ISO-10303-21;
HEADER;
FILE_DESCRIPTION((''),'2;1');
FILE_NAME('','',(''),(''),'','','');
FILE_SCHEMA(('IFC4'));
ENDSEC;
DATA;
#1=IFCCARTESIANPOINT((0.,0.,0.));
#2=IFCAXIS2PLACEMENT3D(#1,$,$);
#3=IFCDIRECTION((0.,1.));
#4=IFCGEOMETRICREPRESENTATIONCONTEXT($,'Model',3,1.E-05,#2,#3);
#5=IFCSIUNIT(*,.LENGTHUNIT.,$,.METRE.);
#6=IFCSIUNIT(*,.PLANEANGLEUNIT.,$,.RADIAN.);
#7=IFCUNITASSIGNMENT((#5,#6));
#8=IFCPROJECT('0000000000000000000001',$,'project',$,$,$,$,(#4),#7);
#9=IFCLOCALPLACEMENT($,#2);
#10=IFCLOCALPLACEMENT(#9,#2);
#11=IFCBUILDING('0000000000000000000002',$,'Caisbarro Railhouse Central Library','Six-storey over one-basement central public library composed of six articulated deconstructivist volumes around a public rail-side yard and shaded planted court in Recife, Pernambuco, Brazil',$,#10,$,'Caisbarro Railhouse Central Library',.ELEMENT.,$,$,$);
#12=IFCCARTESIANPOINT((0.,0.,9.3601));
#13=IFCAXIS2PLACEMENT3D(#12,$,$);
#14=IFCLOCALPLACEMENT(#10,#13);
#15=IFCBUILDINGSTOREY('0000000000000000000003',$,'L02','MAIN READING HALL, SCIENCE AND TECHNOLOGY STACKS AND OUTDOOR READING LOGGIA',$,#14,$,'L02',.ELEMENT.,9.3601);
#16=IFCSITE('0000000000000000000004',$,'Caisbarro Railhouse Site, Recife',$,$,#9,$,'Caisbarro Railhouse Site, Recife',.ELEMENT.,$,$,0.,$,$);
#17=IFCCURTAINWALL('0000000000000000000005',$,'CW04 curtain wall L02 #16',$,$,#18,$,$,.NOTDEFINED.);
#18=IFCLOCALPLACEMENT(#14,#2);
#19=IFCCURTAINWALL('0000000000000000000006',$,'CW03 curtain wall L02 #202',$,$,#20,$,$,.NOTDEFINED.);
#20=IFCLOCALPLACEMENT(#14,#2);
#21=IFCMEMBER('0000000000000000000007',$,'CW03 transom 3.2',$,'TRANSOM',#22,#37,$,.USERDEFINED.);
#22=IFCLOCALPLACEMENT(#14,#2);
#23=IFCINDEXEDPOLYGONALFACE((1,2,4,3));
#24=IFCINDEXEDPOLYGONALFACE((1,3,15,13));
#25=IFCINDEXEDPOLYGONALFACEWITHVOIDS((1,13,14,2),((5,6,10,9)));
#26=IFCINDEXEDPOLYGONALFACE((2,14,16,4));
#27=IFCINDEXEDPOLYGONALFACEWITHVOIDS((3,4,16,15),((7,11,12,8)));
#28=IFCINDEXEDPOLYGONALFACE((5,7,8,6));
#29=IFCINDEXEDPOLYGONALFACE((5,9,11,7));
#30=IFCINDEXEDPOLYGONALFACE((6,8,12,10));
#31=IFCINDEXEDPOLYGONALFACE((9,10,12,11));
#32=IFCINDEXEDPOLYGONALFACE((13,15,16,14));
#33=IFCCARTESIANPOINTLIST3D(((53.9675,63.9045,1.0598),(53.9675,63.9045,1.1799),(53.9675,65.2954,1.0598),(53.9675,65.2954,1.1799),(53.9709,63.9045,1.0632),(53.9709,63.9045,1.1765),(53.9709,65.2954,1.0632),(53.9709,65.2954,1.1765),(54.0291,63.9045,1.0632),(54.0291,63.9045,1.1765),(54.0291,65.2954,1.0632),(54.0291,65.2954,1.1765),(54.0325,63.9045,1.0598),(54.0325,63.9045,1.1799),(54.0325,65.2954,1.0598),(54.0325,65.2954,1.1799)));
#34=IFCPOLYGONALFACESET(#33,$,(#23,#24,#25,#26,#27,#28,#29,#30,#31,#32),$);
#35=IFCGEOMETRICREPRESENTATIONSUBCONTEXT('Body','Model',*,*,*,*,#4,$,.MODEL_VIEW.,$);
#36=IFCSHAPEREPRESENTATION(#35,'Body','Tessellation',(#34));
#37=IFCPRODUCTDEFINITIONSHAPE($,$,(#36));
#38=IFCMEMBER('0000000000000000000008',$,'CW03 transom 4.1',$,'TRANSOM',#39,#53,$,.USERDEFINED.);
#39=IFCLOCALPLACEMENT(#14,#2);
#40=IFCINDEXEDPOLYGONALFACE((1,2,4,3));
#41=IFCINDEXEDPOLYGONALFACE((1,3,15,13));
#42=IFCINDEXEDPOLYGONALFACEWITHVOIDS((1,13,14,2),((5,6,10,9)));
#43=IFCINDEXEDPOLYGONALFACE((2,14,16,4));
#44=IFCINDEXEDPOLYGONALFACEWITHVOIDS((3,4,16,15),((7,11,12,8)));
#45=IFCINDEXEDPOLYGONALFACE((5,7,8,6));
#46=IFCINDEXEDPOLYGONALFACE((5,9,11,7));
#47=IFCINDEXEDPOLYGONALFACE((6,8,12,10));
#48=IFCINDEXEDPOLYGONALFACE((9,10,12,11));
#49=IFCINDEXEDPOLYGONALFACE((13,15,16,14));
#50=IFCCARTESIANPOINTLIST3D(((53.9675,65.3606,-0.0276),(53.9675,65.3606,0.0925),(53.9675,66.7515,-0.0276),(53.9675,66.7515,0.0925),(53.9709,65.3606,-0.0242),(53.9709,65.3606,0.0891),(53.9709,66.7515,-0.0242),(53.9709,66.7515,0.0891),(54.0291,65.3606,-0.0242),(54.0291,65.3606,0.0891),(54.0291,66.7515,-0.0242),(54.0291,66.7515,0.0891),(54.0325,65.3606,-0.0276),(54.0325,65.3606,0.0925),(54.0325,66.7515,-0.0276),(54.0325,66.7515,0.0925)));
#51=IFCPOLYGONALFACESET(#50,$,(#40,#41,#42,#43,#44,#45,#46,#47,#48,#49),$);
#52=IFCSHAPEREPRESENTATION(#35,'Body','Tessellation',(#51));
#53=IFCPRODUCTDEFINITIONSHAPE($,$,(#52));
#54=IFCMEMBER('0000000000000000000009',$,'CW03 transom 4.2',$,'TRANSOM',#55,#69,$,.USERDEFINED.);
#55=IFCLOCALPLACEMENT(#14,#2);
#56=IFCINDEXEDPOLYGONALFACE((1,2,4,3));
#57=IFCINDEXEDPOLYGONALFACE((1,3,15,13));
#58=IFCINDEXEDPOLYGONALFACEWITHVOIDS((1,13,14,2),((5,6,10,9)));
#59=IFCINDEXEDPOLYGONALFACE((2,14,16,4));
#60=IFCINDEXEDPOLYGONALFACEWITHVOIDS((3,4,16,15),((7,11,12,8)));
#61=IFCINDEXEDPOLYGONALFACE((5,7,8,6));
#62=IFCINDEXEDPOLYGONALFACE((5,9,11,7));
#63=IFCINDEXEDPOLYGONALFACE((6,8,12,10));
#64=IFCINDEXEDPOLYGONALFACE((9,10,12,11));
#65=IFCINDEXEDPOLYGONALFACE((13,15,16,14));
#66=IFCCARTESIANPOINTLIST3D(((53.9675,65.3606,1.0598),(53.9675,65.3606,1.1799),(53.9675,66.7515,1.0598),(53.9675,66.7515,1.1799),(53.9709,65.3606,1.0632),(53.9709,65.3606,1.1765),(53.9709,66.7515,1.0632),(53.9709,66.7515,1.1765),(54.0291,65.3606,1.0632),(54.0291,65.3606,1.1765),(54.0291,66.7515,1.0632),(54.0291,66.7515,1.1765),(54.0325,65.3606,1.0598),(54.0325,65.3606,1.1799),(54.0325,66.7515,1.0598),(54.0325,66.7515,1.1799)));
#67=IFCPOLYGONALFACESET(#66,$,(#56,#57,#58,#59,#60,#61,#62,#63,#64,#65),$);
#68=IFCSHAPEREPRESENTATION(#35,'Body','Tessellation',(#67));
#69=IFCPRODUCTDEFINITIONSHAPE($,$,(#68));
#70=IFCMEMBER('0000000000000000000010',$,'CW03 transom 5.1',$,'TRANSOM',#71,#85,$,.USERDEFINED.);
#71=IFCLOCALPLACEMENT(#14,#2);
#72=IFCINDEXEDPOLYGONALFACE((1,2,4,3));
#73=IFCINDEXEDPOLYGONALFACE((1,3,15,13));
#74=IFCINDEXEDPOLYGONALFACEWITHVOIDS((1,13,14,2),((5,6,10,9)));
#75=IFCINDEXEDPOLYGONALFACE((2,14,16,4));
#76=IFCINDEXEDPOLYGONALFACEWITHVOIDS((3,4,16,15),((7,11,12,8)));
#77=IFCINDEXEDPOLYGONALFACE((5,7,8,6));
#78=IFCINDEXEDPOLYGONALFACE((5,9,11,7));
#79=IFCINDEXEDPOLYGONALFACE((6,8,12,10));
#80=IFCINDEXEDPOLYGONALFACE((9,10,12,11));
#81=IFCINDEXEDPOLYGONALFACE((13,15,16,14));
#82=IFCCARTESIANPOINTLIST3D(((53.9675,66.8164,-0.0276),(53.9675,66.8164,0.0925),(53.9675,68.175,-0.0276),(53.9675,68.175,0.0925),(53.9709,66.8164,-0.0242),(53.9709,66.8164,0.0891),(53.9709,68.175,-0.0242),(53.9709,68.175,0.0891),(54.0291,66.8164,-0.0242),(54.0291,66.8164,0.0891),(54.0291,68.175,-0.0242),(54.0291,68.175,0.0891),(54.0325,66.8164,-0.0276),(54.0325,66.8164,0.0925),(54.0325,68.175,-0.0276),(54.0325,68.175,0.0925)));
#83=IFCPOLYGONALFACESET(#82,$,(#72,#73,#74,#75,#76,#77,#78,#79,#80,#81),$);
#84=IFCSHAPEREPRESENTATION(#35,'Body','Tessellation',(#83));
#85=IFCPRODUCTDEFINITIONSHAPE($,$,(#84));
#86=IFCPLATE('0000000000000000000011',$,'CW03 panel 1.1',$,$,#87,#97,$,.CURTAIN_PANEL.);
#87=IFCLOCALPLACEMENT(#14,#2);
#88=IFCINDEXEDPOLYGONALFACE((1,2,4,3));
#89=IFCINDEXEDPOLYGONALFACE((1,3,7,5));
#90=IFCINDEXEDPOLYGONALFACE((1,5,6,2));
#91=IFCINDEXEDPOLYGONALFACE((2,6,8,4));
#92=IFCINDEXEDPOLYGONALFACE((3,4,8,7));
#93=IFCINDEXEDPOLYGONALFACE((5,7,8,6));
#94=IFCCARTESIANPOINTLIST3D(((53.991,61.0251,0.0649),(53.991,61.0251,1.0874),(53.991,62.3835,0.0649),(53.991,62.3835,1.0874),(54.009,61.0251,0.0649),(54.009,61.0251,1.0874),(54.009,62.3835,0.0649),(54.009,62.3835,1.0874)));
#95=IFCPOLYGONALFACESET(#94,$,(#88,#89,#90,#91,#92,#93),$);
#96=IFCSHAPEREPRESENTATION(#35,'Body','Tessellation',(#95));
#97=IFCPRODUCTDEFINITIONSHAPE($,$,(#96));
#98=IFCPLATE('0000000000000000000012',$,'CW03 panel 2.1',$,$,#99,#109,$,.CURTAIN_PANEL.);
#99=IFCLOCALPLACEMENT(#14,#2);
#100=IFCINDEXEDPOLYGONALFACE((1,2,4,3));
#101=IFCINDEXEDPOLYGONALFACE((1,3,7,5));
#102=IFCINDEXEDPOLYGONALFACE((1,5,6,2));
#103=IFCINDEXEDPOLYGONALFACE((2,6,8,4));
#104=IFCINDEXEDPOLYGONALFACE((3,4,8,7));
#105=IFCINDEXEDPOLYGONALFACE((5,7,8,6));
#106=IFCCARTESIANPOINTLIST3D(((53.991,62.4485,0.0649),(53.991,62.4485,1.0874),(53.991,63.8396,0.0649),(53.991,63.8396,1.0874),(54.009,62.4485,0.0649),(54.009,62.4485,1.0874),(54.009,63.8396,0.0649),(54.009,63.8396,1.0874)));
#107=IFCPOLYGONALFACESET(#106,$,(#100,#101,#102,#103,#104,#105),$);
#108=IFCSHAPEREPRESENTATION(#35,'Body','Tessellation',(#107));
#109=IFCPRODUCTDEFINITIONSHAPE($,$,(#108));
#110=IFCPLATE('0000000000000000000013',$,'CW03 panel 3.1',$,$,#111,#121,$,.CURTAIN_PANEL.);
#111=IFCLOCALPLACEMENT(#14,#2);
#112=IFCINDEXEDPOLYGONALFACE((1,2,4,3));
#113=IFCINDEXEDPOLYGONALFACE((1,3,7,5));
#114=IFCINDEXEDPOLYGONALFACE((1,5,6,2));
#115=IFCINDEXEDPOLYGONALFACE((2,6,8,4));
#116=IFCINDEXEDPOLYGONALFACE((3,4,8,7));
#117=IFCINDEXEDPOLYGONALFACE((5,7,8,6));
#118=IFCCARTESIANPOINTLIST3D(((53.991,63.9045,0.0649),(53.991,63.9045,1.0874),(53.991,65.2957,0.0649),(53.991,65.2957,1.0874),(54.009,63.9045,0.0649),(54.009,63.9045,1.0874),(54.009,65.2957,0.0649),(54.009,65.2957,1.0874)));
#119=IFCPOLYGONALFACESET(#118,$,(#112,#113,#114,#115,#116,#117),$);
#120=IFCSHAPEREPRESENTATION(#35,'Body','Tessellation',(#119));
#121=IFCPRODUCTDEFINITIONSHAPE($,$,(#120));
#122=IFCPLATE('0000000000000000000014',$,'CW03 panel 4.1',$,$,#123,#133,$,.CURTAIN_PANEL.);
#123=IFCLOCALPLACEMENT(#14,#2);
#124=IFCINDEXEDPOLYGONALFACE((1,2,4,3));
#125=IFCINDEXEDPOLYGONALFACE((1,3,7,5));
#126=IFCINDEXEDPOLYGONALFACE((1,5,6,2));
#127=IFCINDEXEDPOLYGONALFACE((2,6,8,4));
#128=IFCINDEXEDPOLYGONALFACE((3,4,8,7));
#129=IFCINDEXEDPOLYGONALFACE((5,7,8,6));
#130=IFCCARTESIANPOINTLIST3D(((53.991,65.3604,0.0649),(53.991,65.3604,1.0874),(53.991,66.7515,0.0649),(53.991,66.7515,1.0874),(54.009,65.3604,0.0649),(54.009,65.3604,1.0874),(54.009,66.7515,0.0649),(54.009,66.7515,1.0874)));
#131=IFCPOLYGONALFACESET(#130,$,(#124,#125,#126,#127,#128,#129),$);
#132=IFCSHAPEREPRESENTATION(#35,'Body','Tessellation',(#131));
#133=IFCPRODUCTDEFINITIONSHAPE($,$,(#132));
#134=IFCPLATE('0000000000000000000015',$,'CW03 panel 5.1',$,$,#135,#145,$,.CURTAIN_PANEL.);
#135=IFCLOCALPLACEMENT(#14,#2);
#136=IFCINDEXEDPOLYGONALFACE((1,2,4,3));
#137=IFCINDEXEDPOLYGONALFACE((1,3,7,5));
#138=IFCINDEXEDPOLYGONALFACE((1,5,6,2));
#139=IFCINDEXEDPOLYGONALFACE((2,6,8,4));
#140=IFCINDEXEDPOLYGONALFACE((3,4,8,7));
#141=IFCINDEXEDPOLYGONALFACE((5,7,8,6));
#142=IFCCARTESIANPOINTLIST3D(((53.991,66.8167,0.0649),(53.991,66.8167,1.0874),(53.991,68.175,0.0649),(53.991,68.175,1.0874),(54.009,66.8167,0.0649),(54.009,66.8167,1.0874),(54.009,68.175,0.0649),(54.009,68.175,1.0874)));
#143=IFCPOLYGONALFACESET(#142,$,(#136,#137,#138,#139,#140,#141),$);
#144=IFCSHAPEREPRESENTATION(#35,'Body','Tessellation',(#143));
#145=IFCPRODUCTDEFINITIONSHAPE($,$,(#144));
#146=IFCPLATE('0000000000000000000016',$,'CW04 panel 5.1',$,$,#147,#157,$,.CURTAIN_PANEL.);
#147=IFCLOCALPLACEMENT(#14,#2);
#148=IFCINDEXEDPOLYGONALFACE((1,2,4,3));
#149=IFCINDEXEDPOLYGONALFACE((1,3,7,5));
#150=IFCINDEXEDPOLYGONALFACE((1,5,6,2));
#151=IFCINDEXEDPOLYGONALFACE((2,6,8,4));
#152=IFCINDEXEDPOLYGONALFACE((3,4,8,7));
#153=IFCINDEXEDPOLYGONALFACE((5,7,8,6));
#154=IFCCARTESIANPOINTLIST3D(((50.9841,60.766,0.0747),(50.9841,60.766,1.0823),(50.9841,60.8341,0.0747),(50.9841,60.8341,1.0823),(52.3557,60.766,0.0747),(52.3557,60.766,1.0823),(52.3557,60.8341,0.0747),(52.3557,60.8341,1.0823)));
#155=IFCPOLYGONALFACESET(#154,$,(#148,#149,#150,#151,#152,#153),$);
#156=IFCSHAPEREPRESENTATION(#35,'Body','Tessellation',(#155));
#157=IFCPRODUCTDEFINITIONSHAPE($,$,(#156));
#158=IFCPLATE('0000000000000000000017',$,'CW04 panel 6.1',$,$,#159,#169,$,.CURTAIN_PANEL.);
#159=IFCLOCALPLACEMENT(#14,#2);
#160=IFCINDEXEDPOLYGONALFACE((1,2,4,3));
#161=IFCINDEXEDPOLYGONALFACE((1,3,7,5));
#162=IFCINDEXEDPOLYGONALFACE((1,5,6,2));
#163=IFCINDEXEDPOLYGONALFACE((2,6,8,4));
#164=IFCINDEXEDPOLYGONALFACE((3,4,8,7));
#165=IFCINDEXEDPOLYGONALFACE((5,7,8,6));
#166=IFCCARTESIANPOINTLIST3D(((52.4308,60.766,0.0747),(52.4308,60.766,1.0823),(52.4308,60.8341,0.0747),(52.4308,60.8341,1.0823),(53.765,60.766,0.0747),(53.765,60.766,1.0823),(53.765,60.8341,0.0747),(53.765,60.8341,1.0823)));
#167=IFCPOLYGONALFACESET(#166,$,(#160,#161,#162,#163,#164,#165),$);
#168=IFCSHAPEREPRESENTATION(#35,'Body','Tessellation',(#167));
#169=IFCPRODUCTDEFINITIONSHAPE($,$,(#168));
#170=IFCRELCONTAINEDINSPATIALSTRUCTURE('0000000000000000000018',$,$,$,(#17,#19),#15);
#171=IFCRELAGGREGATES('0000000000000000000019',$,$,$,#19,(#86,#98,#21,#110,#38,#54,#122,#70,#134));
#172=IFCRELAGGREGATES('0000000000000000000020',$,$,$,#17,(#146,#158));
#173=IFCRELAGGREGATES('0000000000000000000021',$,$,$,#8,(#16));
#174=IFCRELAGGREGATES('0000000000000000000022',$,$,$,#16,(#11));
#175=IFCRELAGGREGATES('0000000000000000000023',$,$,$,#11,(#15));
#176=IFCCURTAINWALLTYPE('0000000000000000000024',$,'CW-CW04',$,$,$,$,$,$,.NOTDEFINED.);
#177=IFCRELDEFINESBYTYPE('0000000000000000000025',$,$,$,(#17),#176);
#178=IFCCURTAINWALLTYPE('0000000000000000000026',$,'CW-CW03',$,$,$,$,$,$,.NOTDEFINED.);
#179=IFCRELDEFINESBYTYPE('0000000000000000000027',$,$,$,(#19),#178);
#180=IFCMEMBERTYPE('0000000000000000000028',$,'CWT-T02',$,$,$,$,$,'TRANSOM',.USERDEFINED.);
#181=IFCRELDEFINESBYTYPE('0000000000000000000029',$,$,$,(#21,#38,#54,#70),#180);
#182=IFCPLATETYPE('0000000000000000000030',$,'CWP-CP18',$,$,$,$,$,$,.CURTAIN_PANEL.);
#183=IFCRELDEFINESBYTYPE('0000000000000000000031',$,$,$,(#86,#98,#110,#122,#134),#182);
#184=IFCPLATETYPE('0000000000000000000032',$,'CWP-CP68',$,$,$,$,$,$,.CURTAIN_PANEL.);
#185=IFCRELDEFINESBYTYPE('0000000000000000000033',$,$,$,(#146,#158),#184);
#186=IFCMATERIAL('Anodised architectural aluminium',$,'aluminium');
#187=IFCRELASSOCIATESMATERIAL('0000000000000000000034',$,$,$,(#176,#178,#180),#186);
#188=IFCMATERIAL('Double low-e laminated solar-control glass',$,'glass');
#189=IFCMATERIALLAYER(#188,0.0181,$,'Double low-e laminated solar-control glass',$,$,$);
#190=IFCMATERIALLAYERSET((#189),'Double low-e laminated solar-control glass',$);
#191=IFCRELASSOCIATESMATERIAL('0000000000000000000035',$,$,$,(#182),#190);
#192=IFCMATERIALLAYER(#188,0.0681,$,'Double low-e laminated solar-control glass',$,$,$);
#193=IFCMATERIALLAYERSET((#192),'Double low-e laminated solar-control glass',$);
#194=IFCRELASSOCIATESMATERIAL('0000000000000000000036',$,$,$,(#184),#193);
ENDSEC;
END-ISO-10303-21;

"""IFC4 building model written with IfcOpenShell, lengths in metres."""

from ifc_helpers import new_model, si_unit, direction, frame, origin, origin_2d, place, context, subcontext, project, spatial, rectangle, hollow_rectangle, extrude, material, layer, layer_set, material_profile, profile_set, type_object, element, aggregate, save


model = new_model("IFC4")

# Units and contexts
model_context = context("Model", 3, precision=1e-05, world=origin(), true_north=direction((0.0, 1.0)))
body_context = subcontext(model_context, "Body", "Model", "MODEL_VIEW")
ifc_project = project(units=[si_unit("LENGTHUNIT", "METRE"), si_unit("PLANEANGLEUNIT", "RADIAN")], contexts=[model_context])

# Site, building, storey
site_placement = place(None, origin())
site = spatial("IfcSite", under=ifc_project, at=site_placement, Name="Caisbarro Railhouse Site, Recife", LongName="Caisbarro Railhouse Site, Recife", CompositionType="ELEMENT", RefElevation=0.0)
building_placement = place(site_placement, origin())
building = spatial("IfcBuilding", under=site, at=building_placement, Name="Caisbarro Railhouse Central Library", Description="Six-storey over one-basement central public library composed of six articulated deconstructivist volumes around a public rail-side yard and shaded planted court in Recife, Pernambuco, Brazil", LongName="Caisbarro Railhouse Central Library", CompositionType="ELEMENT")
storey_placement = place(building_placement, frame((0.0, 0.0, 9.3601)))
storey = spatial("IfcBuildingStorey", under=building, at=storey_placement, Name="L02", Description="MAIN READING HALL, SCIENCE AND TECHNOLOGY STACKS AND OUTDOOR READING LOGGIA", LongName="L02", CompositionType="ELEMENT", Elevation=9.3601)

# Curtain walls
ifc_material_1 = material(Name="Anodised architectural aluminium", Category="aluminium")
curtain_wall_type_1 = type_object("IfcCurtainWallType", Name="CW-CW04", PredefinedType="NOTDEFINED", material=ifc_material_1)
curtain_wall_1_placement = place(storey_placement, origin())
curtain_wall_1 = element("IfcCurtainWall", 1, at=curtain_wall_1_placement, inside=storey, type_object=curtain_wall_type_1, Name="CW04 curtain wall L02 #16", PredefinedType="NOTDEFINED")
curtain_wall_type_2 = type_object("IfcCurtainWallType", Name="CW-CW03", PredefinedType="NOTDEFINED", material=ifc_material_1)
curtain_wall_2_placement = place(storey_placement, origin())
curtain_wall_2 = element("IfcCurtainWall", 2, at=curtain_wall_2_placement, inside=storey, type_object=curtain_wall_type_2, Name="CW03 curtain wall L02 #202", PredefinedType="NOTDEFINED")

# Members
ifc_material_profile_1 = material_profile(ifc_material_1, hollow_rectangle(XDim=0.0649, YDim=0.1201, WallThickness=0.0034, at=origin_2d()), Name="ALU-TRN-65X120")
ifc_profile_set_1 = profile_set([ifc_material_profile_1], Name="Anodised architectural aluminium")
member_type_1 = type_object("IfcMemberType", Name="CWT-T02", ElementType="TRANSOM", PredefinedType="USERDEFINED", material=ifc_profile_set_1)
member_1_placement = place(storey_placement, frame((54.0, 63.9045, 1.1199), z_axis=(0.0, 1.0, 0.0), x_axis=(-1.0, 0.0, 0.0)))
member_1 = element("IfcMember", 3, at=member_1_placement, type_object=member_type_1, Name="CW03 transom 3.2", ObjectType="TRANSOM", PredefinedType="USERDEFINED", context=body_context, shape_type="SweptSolid", body=[
    extrude(hollow_rectangle(XDim=0.0649, YDim=0.1201, WallThickness=0.0034, at=origin_2d()), origin(), (0.0, 0.0, 1.0), 1.3909),
])
member_2_placement = place(storey_placement, frame((54.0, 65.3606, 0.0325), z_axis=(0.0, 1.0, 0.0), x_axis=(-1.0, 0.0, 0.0)))
member_2 = element("IfcMember", 4, at=member_2_placement, type_object=member_type_1, Name="CW03 transom 4.1", ObjectType="TRANSOM", PredefinedType="USERDEFINED", context=body_context, shape_type="SweptSolid", body=[
    extrude(hollow_rectangle(XDim=0.0649, YDim=0.1201, WallThickness=0.0034, at=origin_2d()), origin(), (0.0, 0.0, 1.0), 1.3909),
])
member_3_placement = place(storey_placement, frame((54.0, 65.3606, 1.1199), z_axis=(0.0, 1.0, 0.0), x_axis=(-1.0, 0.0, 0.0)))
member_3 = element("IfcMember", 5, at=member_3_placement, type_object=member_type_1, Name="CW03 transom 4.2", ObjectType="TRANSOM", PredefinedType="USERDEFINED", context=body_context, shape_type="SweptSolid", body=[
    extrude(hollow_rectangle(XDim=0.0649, YDim=0.1201, WallThickness=0.0034, at=origin_2d()), origin(), (0.0, 0.0, 1.0), 1.3909),
])
member_4_placement = place(storey_placement, frame((54.0, 66.8164, 0.0325), z_axis=(0.0, 1.0, 0.0), x_axis=(-1.0, 0.0, 0.0)))
member_4 = element("IfcMember", 6, at=member_4_placement, type_object=member_type_1, Name="CW03 transom 5.1", ObjectType="TRANSOM", PredefinedType="USERDEFINED", context=body_context, shape_type="SweptSolid", body=[
    extrude(hollow_rectangle(XDim=0.0649, YDim=0.1201, WallThickness=0.0034, at=origin_2d()), origin(), (0.0, 0.0, 1.0), 1.3586),
])

# Plates
ifc_material_2 = material(Name="Double low-e laminated solar-control glass", Category="glass")
ifc_layer_1 = layer(ifc_material_2, 0.0181, Name="Double low-e laminated solar-control glass")
ifc_layer_set_1 = layer_set([ifc_layer_1], Name="Double low-e laminated solar-control glass")
plate_type_1 = type_object("IfcPlateType", Name="CWP-CP18", PredefinedType="CURTAIN_PANEL", material=ifc_layer_set_1)
plate_1_placement = place(storey_placement, frame((54.0, 61.7043, 0.0649), z_axis=(0.0, 0.0, 1.0), x_axis=(0.0, 1.0, 0.0)))
plate_1 = element("IfcPlate", 7, at=plate_1_placement, type_object=plate_type_1, Name="CW03 panel 1.1", PredefinedType="CURTAIN_PANEL", context=body_context, shape_type="SweptSolid", body=[
    extrude(rectangle(XDim=1.3584, YDim=0.0181, at=origin_2d()), origin(), (0.0, 0.0, 1.0), 1.0225),
])
plate_2_placement = place(storey_placement, frame((54.0, 63.144, 0.0649), z_axis=(0.0, 0.0, 1.0), x_axis=(0.0, 1.0, 0.0)))
plate_2 = element("IfcPlate", 8, at=plate_2_placement, type_object=plate_type_1, Name="CW03 panel 2.1", PredefinedType="CURTAIN_PANEL", context=body_context, shape_type="SweptSolid", body=[
    extrude(rectangle(XDim=1.3911, YDim=0.0181, at=origin_2d()), origin(), (0.0, 0.0, 1.0), 1.0225),
])
plate_3_placement = place(storey_placement, frame((54.0, 64.6001, 0.0649), z_axis=(0.0, 0.0, 1.0), x_axis=(0.0, 1.0, 0.0)))
plate_3 = element("IfcPlate", 9, at=plate_3_placement, type_object=plate_type_1, Name="CW03 panel 3.1", PredefinedType="CURTAIN_PANEL", context=body_context, shape_type="SweptSolid", body=[
    extrude(rectangle(XDim=1.3911, YDim=0.0181, at=origin_2d()), origin(), (0.0, 0.0, 1.0), 1.0225),
])
plate_4_placement = place(storey_placement, frame((54.0, 66.0559, 0.0649), z_axis=(0.0, 0.0, 1.0), x_axis=(0.0, 1.0, 0.0)))
plate_4 = element("IfcPlate", 10, at=plate_4_placement, type_object=plate_type_1, Name="CW03 panel 4.1", PredefinedType="CURTAIN_PANEL", context=body_context, shape_type="SweptSolid", body=[
    extrude(rectangle(XDim=1.3911, YDim=0.0181, at=origin_2d()), origin(), (0.0, 0.0, 1.0), 1.0225),
])
plate_5_placement = place(storey_placement, frame((54.0, 67.4958, 0.0649), z_axis=(0.0, 0.0, 1.0), x_axis=(0.0, 1.0, 0.0)))
plate_5 = element("IfcPlate", 11, at=plate_5_placement, type_object=plate_type_1, Name="CW03 panel 5.1", PredefinedType="CURTAIN_PANEL", context=body_context, shape_type="SweptSolid", body=[
    extrude(rectangle(XDim=1.3584, YDim=0.0181, at=origin_2d()), origin(), (0.0, 0.0, 1.0), 1.0225),
])
aggregate(curtain_wall_2, [plate_1, plate_2, member_1, plate_3, member_2, member_3, plate_4, member_4, plate_5])
ifc_layer_2 = layer(ifc_material_2, 0.0681, Name="Double low-e laminated solar-control glass")
ifc_layer_set_2 = layer_set([ifc_layer_2], Name="Double low-e laminated solar-control glass")
plate_type_2 = type_object("IfcPlateType", Name="CWP-CP68", PredefinedType="CURTAIN_PANEL", material=ifc_layer_set_2)
plate_6_placement = place(storey_placement, frame((51.6699, 60.8, 0.0747), z_axis=(0.0, 0.0, 1.0), x_axis=(1.0, 0.0, 0.0)))
plate_6 = element("IfcPlate", 12, at=plate_6_placement, type_object=plate_type_2, Name="CW04 panel 5.1", PredefinedType="CURTAIN_PANEL", context=body_context, shape_type="SweptSolid", body=[
    extrude(rectangle(XDim=1.3716, YDim=0.0681, at=origin_2d()), origin(), (0.0, 0.0, 1.0), 1.0076),
])
plate_7_placement = place(storey_placement, frame((53.0979, 60.8, 0.0747), z_axis=(0.0, 0.0, 1.0), x_axis=(1.0, 0.0, 0.0)))
plate_7 = element("IfcPlate", 13, at=plate_7_placement, type_object=plate_type_2, Name="CW04 panel 6.1", PredefinedType="CURTAIN_PANEL", context=body_context, shape_type="SweptSolid", body=[
    extrude(rectangle(XDim=1.3342, YDim=0.0681, at=origin_2d()), origin(), (0.0, 0.0, 1.0), 1.0076),
])
aggregate(curtain_wall_1, [plate_6, plate_7])

save(model, "model.ifc")
